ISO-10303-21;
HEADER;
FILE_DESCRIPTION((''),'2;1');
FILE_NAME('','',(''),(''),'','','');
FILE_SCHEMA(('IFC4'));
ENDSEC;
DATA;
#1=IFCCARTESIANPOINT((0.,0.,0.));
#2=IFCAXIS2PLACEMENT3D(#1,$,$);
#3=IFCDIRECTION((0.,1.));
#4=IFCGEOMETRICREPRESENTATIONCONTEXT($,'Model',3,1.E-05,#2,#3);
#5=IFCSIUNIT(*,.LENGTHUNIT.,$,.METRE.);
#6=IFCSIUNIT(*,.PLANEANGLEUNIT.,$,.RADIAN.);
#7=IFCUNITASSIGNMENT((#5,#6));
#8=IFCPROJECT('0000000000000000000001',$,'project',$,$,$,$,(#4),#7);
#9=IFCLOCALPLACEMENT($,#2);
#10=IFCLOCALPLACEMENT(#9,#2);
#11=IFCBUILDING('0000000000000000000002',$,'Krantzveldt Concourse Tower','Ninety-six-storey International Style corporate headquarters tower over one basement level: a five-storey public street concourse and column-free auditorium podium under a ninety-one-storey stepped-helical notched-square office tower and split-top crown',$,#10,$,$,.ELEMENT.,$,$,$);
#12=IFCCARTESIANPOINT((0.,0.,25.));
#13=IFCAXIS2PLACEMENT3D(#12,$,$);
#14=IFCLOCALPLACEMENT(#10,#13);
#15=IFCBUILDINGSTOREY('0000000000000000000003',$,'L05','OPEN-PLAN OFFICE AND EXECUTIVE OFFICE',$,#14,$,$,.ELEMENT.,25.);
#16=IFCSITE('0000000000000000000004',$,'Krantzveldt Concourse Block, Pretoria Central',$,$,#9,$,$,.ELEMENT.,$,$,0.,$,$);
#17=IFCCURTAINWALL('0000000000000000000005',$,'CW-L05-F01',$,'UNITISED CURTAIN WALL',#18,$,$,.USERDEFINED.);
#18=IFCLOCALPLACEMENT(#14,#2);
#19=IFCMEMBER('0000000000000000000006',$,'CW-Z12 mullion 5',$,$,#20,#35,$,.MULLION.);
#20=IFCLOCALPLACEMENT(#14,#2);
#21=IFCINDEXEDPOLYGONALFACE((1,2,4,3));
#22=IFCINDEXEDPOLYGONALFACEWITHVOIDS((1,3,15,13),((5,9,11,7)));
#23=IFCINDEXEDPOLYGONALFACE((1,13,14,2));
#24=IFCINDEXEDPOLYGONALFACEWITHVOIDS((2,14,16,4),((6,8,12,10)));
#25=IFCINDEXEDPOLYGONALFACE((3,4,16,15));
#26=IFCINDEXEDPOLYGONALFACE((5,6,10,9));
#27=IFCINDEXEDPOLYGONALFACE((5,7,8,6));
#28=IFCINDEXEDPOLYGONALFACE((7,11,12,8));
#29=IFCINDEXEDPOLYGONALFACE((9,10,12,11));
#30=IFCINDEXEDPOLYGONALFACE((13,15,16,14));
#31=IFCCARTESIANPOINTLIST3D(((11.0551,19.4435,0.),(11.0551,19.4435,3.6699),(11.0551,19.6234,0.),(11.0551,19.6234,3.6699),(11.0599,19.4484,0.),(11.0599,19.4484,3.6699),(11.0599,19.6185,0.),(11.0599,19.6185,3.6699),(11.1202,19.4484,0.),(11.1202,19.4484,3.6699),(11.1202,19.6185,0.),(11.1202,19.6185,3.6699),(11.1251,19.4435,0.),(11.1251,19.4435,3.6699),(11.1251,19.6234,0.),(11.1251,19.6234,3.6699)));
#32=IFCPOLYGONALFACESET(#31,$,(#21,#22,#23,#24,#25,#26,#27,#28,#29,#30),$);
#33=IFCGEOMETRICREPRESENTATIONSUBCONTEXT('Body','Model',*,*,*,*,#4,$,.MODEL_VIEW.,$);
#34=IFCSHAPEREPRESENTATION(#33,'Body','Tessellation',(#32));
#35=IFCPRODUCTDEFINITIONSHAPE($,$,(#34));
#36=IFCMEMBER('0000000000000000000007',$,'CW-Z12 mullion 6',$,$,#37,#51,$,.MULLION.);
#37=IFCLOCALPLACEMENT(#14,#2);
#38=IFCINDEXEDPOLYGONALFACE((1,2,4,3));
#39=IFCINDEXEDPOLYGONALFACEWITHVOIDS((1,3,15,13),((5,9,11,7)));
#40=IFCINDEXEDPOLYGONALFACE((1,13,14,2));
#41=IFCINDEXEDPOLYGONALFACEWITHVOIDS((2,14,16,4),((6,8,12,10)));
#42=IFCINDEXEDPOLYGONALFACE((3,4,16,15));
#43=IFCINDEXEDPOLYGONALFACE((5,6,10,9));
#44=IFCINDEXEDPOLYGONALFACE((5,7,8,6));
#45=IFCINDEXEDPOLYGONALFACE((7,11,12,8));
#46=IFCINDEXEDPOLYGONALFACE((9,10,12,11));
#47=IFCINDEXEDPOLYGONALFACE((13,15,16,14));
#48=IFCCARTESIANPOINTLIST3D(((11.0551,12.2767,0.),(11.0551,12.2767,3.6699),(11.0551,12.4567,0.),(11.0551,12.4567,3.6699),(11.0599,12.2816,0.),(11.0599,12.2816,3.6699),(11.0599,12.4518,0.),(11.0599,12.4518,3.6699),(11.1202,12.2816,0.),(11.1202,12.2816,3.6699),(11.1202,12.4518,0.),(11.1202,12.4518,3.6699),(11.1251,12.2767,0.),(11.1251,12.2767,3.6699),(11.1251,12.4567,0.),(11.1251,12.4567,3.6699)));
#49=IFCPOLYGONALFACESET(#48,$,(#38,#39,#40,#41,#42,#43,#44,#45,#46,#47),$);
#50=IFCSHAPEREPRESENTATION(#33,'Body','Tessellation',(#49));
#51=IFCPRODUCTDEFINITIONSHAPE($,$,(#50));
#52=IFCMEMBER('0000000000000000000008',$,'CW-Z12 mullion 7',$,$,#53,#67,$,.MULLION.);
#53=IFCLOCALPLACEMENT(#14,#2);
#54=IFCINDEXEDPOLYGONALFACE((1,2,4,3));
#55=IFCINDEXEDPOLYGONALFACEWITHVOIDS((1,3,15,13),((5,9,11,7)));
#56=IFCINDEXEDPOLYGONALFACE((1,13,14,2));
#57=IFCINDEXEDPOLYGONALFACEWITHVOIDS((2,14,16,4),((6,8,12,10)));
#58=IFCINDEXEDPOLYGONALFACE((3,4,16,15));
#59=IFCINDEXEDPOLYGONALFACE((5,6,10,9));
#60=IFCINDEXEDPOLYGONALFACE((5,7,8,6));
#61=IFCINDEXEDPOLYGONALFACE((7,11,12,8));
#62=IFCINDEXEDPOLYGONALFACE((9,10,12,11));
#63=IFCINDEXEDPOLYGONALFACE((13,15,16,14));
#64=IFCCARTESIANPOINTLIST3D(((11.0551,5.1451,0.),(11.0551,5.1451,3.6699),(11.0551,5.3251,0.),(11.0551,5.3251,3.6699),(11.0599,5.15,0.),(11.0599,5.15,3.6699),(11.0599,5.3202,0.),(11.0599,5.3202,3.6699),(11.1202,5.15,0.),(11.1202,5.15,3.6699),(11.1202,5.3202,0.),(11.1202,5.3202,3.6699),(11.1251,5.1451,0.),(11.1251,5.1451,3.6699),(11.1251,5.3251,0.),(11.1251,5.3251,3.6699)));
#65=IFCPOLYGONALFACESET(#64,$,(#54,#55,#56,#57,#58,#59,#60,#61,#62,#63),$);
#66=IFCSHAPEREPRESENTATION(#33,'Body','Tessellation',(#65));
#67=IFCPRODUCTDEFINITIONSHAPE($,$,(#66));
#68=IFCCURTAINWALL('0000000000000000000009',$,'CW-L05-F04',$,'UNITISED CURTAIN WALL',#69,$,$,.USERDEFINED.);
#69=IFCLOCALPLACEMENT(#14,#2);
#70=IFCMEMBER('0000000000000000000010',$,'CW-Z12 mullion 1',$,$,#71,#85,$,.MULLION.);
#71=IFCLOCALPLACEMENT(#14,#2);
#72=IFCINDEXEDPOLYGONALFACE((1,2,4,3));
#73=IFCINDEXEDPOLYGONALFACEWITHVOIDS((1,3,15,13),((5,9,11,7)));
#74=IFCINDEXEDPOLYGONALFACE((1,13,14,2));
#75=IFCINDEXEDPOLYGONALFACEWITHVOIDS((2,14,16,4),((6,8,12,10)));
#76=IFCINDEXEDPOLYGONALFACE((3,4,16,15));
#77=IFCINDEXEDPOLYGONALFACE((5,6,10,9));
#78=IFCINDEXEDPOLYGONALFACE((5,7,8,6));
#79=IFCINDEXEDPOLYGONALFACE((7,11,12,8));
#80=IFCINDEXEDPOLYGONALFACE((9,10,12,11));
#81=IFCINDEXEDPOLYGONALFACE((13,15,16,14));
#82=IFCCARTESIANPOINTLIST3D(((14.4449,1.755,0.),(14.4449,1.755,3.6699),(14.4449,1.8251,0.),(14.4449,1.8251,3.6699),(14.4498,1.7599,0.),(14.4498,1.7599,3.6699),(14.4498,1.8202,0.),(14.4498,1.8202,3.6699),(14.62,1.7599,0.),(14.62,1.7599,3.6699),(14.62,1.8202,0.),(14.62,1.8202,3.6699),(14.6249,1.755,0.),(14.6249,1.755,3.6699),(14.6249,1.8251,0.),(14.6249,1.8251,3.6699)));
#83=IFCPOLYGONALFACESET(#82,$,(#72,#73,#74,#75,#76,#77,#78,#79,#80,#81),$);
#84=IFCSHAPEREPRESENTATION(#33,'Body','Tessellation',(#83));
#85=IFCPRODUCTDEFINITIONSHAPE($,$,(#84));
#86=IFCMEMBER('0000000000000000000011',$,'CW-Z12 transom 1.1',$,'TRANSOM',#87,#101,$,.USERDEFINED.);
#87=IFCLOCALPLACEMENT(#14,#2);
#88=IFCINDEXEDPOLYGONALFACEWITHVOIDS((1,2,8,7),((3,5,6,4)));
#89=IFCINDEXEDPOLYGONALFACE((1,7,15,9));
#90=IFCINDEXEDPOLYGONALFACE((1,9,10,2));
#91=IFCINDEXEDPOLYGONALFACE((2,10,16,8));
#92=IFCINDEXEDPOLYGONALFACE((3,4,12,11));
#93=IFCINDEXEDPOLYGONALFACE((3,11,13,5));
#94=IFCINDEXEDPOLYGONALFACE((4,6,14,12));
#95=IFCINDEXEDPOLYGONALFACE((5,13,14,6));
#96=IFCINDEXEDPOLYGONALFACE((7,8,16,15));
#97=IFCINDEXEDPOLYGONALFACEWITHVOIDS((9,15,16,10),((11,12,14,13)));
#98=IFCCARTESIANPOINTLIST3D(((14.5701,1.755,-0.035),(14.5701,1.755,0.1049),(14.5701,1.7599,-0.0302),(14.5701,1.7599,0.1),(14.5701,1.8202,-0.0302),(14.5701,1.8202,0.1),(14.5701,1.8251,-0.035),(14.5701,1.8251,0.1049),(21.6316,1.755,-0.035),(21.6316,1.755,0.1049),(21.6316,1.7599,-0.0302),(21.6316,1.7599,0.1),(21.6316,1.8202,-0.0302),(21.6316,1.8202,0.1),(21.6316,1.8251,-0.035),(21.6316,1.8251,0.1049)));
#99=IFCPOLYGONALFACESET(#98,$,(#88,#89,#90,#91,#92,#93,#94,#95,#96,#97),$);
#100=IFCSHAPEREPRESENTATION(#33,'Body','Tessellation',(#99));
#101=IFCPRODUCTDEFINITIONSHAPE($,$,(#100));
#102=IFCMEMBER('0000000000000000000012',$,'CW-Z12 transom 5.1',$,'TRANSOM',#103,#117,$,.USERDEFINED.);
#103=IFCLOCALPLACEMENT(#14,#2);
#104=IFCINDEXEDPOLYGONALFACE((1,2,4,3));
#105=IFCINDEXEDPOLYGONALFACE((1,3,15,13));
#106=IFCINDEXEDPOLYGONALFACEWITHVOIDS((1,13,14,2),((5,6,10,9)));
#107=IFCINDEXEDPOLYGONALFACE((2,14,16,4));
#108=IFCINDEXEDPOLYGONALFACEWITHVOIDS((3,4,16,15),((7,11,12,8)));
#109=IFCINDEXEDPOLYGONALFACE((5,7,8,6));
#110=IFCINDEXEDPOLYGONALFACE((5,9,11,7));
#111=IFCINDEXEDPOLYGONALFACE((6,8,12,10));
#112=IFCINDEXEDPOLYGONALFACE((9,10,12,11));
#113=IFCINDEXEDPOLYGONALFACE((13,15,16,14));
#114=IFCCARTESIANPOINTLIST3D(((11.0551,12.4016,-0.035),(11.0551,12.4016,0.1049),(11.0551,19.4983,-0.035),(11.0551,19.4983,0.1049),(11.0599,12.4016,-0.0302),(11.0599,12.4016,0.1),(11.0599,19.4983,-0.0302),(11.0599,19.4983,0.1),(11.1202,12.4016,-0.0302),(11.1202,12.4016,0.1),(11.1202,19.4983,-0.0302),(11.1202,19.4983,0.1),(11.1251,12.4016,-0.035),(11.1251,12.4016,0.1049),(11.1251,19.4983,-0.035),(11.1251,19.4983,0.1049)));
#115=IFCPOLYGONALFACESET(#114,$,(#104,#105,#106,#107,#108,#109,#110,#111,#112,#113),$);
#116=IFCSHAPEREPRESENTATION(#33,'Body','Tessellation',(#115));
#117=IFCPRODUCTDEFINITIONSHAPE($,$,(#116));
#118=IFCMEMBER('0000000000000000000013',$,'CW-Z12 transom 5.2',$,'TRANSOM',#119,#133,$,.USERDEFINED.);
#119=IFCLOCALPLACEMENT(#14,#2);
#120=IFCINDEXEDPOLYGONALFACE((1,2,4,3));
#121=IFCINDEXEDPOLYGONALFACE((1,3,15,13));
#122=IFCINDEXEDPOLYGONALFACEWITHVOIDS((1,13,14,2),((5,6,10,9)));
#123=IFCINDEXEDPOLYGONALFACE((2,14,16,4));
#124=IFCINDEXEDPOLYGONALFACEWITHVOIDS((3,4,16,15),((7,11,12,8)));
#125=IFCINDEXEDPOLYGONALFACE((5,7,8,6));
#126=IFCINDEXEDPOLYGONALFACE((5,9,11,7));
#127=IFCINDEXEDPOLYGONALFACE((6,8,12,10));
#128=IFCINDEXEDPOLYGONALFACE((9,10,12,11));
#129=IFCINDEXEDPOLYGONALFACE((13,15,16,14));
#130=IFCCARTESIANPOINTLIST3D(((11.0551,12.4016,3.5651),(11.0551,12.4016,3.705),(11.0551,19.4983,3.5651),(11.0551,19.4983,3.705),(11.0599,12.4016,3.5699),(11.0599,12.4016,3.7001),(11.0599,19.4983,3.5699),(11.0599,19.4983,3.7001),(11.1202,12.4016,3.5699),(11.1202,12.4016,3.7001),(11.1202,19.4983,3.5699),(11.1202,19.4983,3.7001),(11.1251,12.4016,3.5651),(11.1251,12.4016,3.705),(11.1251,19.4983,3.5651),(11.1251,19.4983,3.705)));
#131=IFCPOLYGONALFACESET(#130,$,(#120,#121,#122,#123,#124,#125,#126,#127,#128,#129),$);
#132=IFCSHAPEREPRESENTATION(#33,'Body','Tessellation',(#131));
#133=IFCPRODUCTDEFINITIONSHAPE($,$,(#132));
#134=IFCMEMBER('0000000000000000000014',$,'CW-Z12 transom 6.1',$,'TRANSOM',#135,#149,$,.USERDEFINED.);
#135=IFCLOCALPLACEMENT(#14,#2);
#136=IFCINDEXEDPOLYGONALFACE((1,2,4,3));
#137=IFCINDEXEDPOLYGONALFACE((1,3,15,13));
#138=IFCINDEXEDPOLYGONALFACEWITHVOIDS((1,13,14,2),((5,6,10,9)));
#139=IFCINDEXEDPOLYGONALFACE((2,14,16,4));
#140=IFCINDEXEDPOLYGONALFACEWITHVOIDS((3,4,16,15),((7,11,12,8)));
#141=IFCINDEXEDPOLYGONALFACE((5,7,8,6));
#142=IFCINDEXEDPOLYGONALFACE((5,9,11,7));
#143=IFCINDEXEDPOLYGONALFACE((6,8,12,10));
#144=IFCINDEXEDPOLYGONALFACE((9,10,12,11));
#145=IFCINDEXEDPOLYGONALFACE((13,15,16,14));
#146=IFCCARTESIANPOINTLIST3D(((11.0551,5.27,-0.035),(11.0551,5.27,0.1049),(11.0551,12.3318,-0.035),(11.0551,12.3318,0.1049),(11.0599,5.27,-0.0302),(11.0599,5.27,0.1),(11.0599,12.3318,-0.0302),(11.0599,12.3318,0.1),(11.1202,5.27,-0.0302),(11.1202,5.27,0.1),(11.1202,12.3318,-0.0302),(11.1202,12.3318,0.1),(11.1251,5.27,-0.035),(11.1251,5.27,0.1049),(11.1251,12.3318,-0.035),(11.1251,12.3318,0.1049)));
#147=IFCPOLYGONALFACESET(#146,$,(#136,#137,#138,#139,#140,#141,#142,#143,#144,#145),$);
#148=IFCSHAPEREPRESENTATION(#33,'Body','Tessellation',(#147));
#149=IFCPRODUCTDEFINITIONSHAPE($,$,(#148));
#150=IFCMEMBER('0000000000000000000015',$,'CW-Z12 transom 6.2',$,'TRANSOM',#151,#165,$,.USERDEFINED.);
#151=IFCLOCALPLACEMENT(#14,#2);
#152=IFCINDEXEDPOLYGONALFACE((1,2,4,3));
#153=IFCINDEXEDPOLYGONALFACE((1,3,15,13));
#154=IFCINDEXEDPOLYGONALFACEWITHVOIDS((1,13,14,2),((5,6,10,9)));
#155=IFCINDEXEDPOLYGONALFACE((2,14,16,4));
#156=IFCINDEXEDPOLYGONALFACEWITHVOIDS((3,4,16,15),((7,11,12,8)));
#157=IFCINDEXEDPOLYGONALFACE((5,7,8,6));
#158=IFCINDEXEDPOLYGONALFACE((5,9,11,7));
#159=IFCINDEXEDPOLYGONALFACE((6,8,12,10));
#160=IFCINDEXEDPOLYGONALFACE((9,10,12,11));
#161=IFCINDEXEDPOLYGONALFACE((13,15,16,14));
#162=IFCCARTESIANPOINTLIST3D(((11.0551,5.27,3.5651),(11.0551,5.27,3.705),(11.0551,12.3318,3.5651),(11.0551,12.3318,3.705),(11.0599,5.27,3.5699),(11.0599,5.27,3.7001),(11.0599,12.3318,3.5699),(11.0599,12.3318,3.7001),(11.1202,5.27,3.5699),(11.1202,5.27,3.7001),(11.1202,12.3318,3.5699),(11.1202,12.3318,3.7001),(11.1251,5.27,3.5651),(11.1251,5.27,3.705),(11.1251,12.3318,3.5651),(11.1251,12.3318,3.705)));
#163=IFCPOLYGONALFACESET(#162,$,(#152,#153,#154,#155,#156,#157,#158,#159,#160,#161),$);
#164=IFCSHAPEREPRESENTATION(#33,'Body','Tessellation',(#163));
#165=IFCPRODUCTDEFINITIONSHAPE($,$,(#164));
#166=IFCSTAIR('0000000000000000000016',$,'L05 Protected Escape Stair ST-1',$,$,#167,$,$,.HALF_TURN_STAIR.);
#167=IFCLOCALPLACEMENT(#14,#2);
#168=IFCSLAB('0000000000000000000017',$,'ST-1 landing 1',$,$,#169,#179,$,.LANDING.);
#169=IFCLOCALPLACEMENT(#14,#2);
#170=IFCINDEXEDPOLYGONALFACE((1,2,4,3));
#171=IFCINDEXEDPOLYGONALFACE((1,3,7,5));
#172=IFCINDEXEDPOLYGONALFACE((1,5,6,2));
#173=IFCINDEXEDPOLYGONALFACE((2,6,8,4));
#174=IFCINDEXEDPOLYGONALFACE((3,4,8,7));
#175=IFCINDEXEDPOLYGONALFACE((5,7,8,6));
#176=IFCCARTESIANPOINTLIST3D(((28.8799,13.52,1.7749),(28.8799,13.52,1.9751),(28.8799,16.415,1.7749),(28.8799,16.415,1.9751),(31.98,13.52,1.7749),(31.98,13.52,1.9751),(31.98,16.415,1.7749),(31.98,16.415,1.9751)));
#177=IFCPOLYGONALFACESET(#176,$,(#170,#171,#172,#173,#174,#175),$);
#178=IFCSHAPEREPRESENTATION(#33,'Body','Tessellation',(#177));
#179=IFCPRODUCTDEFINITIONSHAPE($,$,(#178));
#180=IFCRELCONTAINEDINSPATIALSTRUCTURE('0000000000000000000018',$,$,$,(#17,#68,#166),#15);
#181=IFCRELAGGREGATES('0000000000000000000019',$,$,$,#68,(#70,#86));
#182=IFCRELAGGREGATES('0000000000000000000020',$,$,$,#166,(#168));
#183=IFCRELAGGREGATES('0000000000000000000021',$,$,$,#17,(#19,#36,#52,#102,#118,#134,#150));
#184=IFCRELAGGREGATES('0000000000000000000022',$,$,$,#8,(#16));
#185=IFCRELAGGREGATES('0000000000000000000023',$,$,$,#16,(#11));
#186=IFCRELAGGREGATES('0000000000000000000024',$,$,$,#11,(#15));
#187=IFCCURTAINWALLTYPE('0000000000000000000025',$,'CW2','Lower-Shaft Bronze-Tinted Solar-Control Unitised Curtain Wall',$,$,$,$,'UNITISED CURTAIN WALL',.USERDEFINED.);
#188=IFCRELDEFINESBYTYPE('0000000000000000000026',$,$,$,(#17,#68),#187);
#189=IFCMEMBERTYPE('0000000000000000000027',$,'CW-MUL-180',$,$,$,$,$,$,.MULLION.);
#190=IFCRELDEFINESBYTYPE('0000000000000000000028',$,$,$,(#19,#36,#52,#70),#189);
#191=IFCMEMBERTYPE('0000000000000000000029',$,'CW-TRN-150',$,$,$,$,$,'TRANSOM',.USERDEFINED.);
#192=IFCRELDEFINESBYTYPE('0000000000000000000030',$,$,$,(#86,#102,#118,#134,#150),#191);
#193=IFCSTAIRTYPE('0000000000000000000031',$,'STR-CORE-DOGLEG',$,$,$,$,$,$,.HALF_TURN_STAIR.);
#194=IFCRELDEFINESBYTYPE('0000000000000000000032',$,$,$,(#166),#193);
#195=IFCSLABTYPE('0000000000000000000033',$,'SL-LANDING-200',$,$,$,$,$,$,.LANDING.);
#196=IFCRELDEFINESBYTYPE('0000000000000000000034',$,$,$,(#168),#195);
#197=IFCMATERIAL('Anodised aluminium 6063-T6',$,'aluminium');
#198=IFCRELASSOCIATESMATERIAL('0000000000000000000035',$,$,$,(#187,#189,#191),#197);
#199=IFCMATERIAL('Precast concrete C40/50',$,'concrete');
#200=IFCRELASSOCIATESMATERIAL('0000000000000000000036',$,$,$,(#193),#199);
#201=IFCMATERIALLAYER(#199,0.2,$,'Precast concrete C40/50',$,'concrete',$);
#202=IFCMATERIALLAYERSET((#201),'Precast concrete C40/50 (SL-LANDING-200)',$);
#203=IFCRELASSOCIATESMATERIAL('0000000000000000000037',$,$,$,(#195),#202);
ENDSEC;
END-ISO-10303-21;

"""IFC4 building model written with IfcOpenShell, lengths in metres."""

from ifc_helpers import new_model, si_unit, direction, frame, origin, origin_2d, place, context, subcontext, project, spatial, polyline, hollow_rectangle, outline, extrude, source, transform, mapped, material, layer, layer_set, material_profile, profile_set, type_object, type_shapes, element, aggregate, save


model = new_model("IFC4")

# Units and contexts
model_context = context("Model", 3, precision=1e-05, world=origin(), true_north=direction((0.0, 1.0)))
body_context = subcontext(model_context, "Body", "Model", "MODEL_VIEW")
ifc_project = project(units=[si_unit("LENGTHUNIT", "METRE"), si_unit("PLANEANGLEUNIT", "RADIAN")], contexts=[model_context])

# Site, building, storey
site_placement = place(None, origin())
site = spatial("IfcSite", under=ifc_project, at=site_placement, Name="Krantzveldt Concourse Block, Pretoria Central", CompositionType="ELEMENT", RefElevation=0.0)
building_placement = place(site_placement, origin())
building = spatial("IfcBuilding", under=site, at=building_placement, Name="Krantzveldt Concourse Tower", Description="Ninety-six-storey International Style corporate headquarters tower over one basement level: a five-storey public street concourse and column-free auditorium podium under a ninety-one-storey stepped-helical notched-square office tower and split-top crown", CompositionType="ELEMENT")
storey_placement = place(building_placement, frame((0.0, 0.0, 25.0)))
storey = spatial("IfcBuildingStorey", under=building, at=storey_placement, Name="L05", Description="OPEN-PLAN OFFICE AND EXECUTIVE OFFICE", CompositionType="ELEMENT", Elevation=25.0)

# Curtain walls, members
ifc_material_1 = material(Name="Anodised aluminium 6063-T6", Category="aluminium")
curtain_wall_type = type_object("IfcCurtainWallType", Name="CW2", Description="Lower-Shaft Bronze-Tinted Solar-Control Unitised Curtain Wall", ElementType="UNITISED CURTAIN WALL", PredefinedType="USERDEFINED", material=ifc_material_1)
curtain_wall_1_placement = place(storey_placement, origin())
curtain_wall_1 = element("IfcCurtainWall", 1, at=curtain_wall_1_placement, inside=storey, type_object=curtain_wall_type, Name="CW-L05-F01", ObjectType="UNITISED CURTAIN WALL", PredefinedType="USERDEFINED")
ifc_material_profile_1 = material_profile(ifc_material_1, hollow_rectangle(XDim=0.0701, YDim=0.1799, WallThickness=0.0049, at=origin_2d()), Name="Anodised aluminium 6063-T6", Category="aluminium")
ifc_profile_set_1 = profile_set([ifc_material_profile_1], Name="Anodised aluminium 6063-T6 - ALU-MULL 180x70x5")
member_type_1 = type_object("IfcMemberType", Name="CW-MUL-180", PredefinedType="MULLION", material=ifc_profile_set_1)
shared_shape_1 = source(origin(), body_context, "Body", "SweptSolid", [
    extrude(hollow_rectangle(XDim=0.0701, YDim=0.1799, WallThickness=0.0049, at=origin_2d()), origin(), (0.0, 0.0, 1.0), 3.6699),
])
type_shapes(member_type_1, [shared_shape_1])
member_1_placement = place(storey_placement, frame((11.0901, 19.5334, 0.0), z_axis=(0.0, 0.0, 1.0), x_axis=(1.0, 0.0, 0.0)))
member_1 = element("IfcMember", 2, at=member_1_placement, type_object=member_type_1, Name="CW-Z12 mullion 5", PredefinedType="MULLION", context=body_context, shape_type="MappedRepresentation", body=[
    mapped(shared_shape_1, transform((0.0, 0.0, 0.0), x_axis=(1.0, 0.0, 0.0), y_axis=(0.0, 1.0, 0.0), z_axis=(0.0, 0.0, 1.0), scale=1.0)),
])
member_2_placement = place(storey_placement, frame((11.0901, 12.3667, 0.0), z_axis=(0.0, 0.0, 1.0), x_axis=(1.0, 0.0, 0.0)))
member_2 = element("IfcMember", 3, at=member_2_placement, type_object=member_type_1, Name="CW-Z12 mullion 6", PredefinedType="MULLION", context=body_context, shape_type="MappedRepresentation", body=[
    mapped(shared_shape_1, transform((0.0, 0.0, 0.0), x_axis=(1.0, 0.0, 0.0), y_axis=(0.0, 1.0, 0.0), z_axis=(0.0, 0.0, 1.0), scale=1.0)),
])
member_3_placement = place(storey_placement, frame((11.0901, 5.2351, 0.0), z_axis=(0.0, 0.0, 1.0), x_axis=(1.0, 0.0, 0.0)))
member_3 = element("IfcMember", 4, at=member_3_placement, type_object=member_type_1, Name="CW-Z12 mullion 7", PredefinedType="MULLION", context=body_context, shape_type="MappedRepresentation", body=[
    mapped(shared_shape_1, transform((0.0, 0.0, 0.0), x_axis=(1.0, 0.0, 0.0), y_axis=(0.0, 1.0, 0.0), z_axis=(0.0, 0.0, 1.0), scale=1.0)),
])
curtain_wall_2_placement = place(storey_placement, origin())
curtain_wall_2 = element("IfcCurtainWall", 5, at=curtain_wall_2_placement, inside=storey, type_object=curtain_wall_type, Name="CW-L05-F04", ObjectType="UNITISED CURTAIN WALL", PredefinedType="USERDEFINED")
member_4_placement = place(storey_placement, frame((14.5349, 1.79, 0.0), z_axis=(0.0, 0.0, 1.0), x_axis=(0.0, 1.0, 0.0)))
member_4 = element("IfcMember", 6, at=member_4_placement, type_object=member_type_1, Name="CW-Z12 mullion 1", PredefinedType="MULLION", context=body_context, shape_type="MappedRepresentation", body=[
    mapped(shared_shape_1, transform((0.0, 0.0, 0.0), x_axis=(1.0, 0.0, 0.0), y_axis=(0.0, 1.0, 0.0), z_axis=(0.0, 0.0, 1.0), scale=1.0)),
])
ifc_material_profile_2 = material_profile(ifc_material_1, hollow_rectangle(XDim=0.0701, YDim=0.1399, WallThickness=0.0049, at=origin_2d()), Name="Anodised aluminium 6063-T6", Category="aluminium")
ifc_profile_set_2 = profile_set([ifc_material_profile_2], Name="Anodised aluminium 6063-T6 - ALU-TRAN 140x70x5")
member_type_2 = type_object("IfcMemberType", Name="CW-TRN-150", ElementType="TRANSOM", PredefinedType="USERDEFINED", material=ifc_profile_set_2)
shared_shape_2 = source(origin(), body_context, "Body", "SweptSolid", [
    extrude(hollow_rectangle(XDim=0.0701, YDim=0.1399, WallThickness=0.0049, at=origin_2d()), origin(), (0.0, 0.0, 1.0), 7.0615),
])
member_5_placement = place(storey_placement, frame((14.5701, 1.79, 0.0349), z_axis=(1.0, 0.0, 0.0), x_axis=(0.0, 1.0, 0.0)))
member_5 = element("IfcMember", 7, at=member_5_placement, type_object=member_type_2, Name="CW-Z12 transom 1.1", ObjectType="TRANSOM", PredefinedType="USERDEFINED", context=body_context, shape_type="MappedRepresentation", body=[
    mapped(shared_shape_2, transform((0.0, 0.0, 0.0), x_axis=(1.0, 0.0, 0.0), y_axis=(0.0, 1.0, 0.0), z_axis=(0.0, 0.0, 1.0), scale=1.0)),
])
aggregate(curtain_wall_2, [member_4, member_5])

# Members
shared_shape_3 = source(origin(), body_context, "Body", "SweptSolid", [
    extrude(hollow_rectangle(XDim=0.0701, YDim=0.1399, WallThickness=0.0049, at=origin_2d()), origin(), (0.0, 0.0, 1.0), 7.0967),
])
member_6_placement = place(storey_placement, frame((11.0901, 19.4983, 0.0349), z_axis=(0.0, -1.0, 0.0), x_axis=(1.0, 0.0, 0.0)))
member_6 = element("IfcMember", 8, at=member_6_placement, type_object=member_type_2, Name="CW-Z12 transom 5.1", ObjectType="TRANSOM", PredefinedType="USERDEFINED", context=body_context, shape_type="MappedRepresentation", body=[
    mapped(shared_shape_3, transform((0.0, 0.0, 0.0), x_axis=(1.0, 0.0, 0.0), y_axis=(0.0, 1.0, 0.0), z_axis=(0.0, 0.0, 1.0), scale=1.0)),
])
member_7_placement = place(storey_placement, frame((11.0901, 19.4983, 3.635), z_axis=(0.0, -1.0, 0.0), x_axis=(1.0, 0.0, 0.0)))
member_7 = element("IfcMember", 9, at=member_7_placement, type_object=member_type_2, Name="CW-Z12 transom 5.2", ObjectType="TRANSOM", PredefinedType="USERDEFINED", context=body_context, shape_type="MappedRepresentation", body=[
    mapped(shared_shape_3, transform((0.0, 0.0, 0.0), x_axis=(1.0, 0.0, 0.0), y_axis=(0.0, 1.0, 0.0), z_axis=(0.0, 0.0, 1.0), scale=1.0)),
])
shared_shape_4 = source(origin(), body_context, "Body", "SweptSolid", [
    extrude(hollow_rectangle(XDim=0.0701, YDim=0.1399, WallThickness=0.0049, at=origin_2d()), origin(), (0.0, 0.0, 1.0), 7.0618),
])
type_shapes(member_type_2, [shared_shape_2, shared_shape_3, shared_shape_4])
member_8_placement = place(storey_placement, frame((11.0901, 12.3318, 0.0349), z_axis=(0.0, -1.0, 0.0), x_axis=(1.0, 0.0, 0.0)))
member_8 = element("IfcMember", 10, at=member_8_placement, type_object=member_type_2, Name="CW-Z12 transom 6.1", ObjectType="TRANSOM", PredefinedType="USERDEFINED", context=body_context, shape_type="MappedRepresentation", body=[
    mapped(shared_shape_4, transform((0.0, 0.0, 0.0), x_axis=(1.0, 0.0, 0.0), y_axis=(0.0, 1.0, 0.0), z_axis=(0.0, 0.0, 1.0), scale=1.0)),
])
member_9_placement = place(storey_placement, frame((11.0901, 12.3318, 3.635), z_axis=(0.0, -1.0, 0.0), x_axis=(1.0, 0.0, 0.0)))
member_9 = element("IfcMember", 11, at=member_9_placement, type_object=member_type_2, Name="CW-Z12 transom 6.2", ObjectType="TRANSOM", PredefinedType="USERDEFINED", context=body_context, shape_type="MappedRepresentation", body=[
    mapped(shared_shape_4, transform((0.0, 0.0, 0.0), x_axis=(1.0, 0.0, 0.0), y_axis=(0.0, 1.0, 0.0), z_axis=(0.0, 0.0, 1.0), scale=1.0)),
])

# Stair, slab
ifc_material_2 = material(Name="Precast concrete C40/50", Category="concrete")
stair_type = type_object("IfcStairType", Name="STR-CORE-DOGLEG", PredefinedType="HALF_TURN_STAIR", material=ifc_material_2)
stair_1_placement = place(storey_placement, origin())
stair_1 = element("IfcStair", 12, at=stair_1_placement, inside=storey, type_object=stair_type, Name="L05 Protected Escape Stair ST-1", PredefinedType="HALF_TURN_STAIR")
ifc_layer_1 = layer(ifc_material_2, 0.2, Name="Precast concrete C40/50", Category="concrete")
ifc_layer_set_1 = layer_set([ifc_layer_1], Name="Precast concrete C40/50 (SL-LANDING-200)")
slab_type_1 = type_object("IfcSlabType", Name="SL-LANDING-200", PredefinedType="LANDING", material=ifc_layer_set_1)
slab_1_placement = place(storey_placement, frame((0.0, 0.0, 1.7749)))
slab_1 = element("IfcSlab", 13, at=slab_1_placement, type_object=slab_type_1, Name="ST-1 landing 1", PredefinedType="LANDING", context=body_context, shape_type="SweptSolid", body=[
    extrude(outline(polyline([(28.8799, 16.415), (28.8799, 13.52), (31.98, 13.52), (31.98, 16.415), (28.8799, 16.415)])), origin(), (0.0, 0.0, 1.0), 0.2002),
])
aggregate(stair_1, [slab_1])

aggregate(curtain_wall_1, [member_1, member_2, member_3, member_6, member_7, member_8, member_9])

save(model, "model.ifc")
